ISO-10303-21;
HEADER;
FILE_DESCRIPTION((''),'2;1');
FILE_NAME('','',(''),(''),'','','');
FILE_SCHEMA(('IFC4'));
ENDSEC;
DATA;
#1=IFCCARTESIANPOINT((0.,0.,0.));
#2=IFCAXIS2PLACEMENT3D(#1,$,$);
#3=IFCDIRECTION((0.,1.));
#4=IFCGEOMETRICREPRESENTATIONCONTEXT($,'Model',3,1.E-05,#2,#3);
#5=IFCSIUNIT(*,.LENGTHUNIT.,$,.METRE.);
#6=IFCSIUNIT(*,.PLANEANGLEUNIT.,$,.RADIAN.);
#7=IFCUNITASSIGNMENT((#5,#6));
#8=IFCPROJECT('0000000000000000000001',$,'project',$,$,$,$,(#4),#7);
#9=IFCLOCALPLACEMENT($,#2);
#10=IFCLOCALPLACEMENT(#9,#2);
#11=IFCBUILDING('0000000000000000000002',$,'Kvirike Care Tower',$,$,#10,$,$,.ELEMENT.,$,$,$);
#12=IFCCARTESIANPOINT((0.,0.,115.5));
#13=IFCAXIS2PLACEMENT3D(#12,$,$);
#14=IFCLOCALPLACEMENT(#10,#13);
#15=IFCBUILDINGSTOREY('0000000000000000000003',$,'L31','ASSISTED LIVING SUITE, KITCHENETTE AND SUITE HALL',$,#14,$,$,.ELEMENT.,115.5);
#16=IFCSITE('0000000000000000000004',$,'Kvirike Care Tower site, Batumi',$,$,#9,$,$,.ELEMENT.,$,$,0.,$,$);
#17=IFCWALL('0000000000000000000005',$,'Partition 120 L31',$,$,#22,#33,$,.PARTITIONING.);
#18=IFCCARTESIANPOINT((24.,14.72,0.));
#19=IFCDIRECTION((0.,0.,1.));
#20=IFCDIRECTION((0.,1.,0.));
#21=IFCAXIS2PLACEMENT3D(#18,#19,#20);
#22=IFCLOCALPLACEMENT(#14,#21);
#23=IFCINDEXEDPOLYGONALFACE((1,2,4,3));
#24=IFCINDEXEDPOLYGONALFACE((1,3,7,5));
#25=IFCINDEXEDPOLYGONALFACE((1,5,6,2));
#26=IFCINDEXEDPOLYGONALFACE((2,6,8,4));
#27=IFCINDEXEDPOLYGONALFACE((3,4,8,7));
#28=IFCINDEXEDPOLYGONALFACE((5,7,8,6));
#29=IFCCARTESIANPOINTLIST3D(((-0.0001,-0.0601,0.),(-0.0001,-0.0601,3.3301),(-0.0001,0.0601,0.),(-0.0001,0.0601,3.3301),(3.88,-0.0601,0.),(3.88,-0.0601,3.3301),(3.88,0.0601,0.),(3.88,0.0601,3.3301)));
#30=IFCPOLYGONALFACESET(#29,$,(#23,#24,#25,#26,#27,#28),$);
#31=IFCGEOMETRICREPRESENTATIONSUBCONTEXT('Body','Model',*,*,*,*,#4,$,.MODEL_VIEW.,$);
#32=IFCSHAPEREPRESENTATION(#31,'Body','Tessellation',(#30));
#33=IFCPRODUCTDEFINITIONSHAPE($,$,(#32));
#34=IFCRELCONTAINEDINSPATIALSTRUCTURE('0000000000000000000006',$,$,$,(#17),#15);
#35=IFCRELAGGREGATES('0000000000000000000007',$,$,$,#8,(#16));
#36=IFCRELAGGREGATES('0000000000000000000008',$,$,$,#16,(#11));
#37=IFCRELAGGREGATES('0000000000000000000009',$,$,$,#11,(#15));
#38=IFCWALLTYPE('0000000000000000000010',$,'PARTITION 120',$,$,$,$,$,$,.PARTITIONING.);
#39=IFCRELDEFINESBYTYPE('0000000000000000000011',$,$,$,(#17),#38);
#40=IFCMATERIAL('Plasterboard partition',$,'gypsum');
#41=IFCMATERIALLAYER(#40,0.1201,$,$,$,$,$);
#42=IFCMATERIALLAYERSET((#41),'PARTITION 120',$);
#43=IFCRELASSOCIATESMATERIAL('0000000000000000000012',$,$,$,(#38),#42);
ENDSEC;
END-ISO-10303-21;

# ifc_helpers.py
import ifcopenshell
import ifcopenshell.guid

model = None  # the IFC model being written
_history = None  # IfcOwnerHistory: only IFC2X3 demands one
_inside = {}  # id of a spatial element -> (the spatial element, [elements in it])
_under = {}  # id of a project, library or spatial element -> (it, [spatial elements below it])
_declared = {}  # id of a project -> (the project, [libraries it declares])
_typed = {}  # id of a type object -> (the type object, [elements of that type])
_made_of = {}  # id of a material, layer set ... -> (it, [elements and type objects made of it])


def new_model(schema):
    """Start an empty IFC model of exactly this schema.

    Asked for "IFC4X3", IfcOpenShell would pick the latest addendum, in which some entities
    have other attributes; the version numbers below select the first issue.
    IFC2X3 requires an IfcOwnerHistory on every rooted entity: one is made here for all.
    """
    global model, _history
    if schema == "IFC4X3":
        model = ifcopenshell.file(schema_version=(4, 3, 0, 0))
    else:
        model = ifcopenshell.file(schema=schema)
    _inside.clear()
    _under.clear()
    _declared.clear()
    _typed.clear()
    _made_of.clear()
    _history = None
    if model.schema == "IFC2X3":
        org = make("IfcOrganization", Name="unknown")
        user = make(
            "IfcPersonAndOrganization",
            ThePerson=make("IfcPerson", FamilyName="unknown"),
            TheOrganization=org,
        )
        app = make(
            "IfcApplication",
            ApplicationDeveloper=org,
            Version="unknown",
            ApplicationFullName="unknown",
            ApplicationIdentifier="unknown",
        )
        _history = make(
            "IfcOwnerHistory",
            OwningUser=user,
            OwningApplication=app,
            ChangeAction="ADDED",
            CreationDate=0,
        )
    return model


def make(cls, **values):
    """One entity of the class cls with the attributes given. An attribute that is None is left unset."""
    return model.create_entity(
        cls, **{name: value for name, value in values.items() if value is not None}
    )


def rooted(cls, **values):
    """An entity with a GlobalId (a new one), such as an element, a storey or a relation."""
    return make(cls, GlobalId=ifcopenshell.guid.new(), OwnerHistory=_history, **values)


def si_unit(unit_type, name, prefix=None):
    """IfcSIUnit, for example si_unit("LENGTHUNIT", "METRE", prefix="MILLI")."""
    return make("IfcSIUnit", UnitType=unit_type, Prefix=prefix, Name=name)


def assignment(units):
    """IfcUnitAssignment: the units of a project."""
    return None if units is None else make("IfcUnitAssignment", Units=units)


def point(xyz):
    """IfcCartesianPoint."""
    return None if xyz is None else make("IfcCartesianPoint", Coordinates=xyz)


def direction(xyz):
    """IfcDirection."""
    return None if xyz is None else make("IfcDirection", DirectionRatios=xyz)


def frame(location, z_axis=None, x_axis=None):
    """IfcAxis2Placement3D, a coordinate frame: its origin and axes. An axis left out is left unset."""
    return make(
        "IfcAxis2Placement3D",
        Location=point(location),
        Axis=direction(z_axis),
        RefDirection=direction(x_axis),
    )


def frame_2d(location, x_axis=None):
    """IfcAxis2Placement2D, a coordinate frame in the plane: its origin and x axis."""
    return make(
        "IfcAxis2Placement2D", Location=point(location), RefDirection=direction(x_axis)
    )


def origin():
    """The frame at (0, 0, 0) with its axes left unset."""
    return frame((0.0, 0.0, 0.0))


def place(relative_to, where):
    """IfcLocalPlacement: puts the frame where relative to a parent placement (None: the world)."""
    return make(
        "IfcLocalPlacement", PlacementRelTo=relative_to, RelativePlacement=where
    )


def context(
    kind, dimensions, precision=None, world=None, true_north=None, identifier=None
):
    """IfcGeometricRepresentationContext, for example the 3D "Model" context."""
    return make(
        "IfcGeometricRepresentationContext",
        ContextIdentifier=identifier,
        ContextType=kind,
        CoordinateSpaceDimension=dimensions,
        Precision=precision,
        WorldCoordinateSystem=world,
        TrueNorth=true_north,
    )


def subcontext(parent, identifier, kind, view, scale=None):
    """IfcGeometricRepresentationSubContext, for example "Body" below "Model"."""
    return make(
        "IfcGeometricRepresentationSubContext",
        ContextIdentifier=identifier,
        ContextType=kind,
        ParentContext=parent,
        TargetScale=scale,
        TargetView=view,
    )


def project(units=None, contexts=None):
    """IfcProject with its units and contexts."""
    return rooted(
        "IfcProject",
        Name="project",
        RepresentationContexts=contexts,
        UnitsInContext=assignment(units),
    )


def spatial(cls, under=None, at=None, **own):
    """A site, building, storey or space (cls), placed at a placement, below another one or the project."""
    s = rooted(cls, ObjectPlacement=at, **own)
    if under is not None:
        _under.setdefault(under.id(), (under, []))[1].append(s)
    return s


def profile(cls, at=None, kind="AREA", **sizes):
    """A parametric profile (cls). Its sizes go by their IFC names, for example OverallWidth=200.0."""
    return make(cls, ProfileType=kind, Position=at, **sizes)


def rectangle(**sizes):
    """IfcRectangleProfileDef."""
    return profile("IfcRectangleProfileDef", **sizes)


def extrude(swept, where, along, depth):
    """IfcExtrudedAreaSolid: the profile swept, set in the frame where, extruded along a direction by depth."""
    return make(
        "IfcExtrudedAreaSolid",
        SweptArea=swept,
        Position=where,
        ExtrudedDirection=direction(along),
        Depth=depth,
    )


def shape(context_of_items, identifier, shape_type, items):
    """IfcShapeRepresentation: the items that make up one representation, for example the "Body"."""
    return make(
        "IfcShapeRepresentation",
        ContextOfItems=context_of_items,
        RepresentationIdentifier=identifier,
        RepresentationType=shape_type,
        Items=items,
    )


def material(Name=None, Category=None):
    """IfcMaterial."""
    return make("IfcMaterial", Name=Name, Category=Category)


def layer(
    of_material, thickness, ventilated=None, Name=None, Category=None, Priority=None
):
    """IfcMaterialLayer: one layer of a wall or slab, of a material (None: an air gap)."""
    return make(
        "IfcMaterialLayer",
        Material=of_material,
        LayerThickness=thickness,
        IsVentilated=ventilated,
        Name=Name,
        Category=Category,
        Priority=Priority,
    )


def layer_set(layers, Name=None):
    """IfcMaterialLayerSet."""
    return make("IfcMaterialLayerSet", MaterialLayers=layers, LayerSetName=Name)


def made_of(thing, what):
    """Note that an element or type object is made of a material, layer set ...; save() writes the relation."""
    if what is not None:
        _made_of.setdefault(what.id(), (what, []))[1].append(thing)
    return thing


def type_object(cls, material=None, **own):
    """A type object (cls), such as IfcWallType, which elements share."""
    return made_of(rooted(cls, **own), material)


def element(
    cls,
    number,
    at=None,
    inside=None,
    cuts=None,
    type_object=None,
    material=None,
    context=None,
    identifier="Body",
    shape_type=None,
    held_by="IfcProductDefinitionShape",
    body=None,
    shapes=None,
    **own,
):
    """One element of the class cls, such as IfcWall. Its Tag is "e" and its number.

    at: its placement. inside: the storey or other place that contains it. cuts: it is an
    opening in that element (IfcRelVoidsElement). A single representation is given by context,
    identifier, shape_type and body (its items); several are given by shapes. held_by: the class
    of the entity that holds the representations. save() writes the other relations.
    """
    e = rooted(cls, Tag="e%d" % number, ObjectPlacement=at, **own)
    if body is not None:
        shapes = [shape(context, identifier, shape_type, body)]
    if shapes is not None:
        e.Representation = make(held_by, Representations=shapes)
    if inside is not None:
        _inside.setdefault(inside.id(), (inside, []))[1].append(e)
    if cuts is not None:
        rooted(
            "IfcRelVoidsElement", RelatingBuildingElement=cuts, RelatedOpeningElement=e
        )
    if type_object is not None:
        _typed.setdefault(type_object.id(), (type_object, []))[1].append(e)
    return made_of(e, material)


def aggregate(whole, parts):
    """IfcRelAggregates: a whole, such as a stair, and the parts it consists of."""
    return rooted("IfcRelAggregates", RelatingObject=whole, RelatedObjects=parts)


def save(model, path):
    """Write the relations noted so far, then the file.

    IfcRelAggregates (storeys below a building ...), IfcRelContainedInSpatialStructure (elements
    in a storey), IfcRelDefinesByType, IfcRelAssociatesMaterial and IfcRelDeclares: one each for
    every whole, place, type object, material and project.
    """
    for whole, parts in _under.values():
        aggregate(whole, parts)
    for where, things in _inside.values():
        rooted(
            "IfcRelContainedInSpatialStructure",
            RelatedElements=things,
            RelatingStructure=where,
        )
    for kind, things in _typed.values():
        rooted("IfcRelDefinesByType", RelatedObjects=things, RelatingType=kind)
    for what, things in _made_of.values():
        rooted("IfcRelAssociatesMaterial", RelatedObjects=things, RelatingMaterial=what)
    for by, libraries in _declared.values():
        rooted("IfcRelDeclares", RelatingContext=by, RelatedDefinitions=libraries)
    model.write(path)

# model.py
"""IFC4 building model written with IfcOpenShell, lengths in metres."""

from ifc_helpers import new_model, si_unit, direction, frame, frame_2d, origin, place, context, subcontext, project, spatial, rectangle, extrude, material, layer, layer_set, type_object, element, save


model = new_model("IFC4")

# Units and contexts
model_context = context("Model", 3, precision=1e-05, world=origin(), true_north=direction((0.0, 1.0)))
body_context = subcontext(model_context, "Body", "Model", "MODEL_VIEW")
ifc_project = project(units=[si_unit("LENGTHUNIT", "METRE"), si_unit("PLANEANGLEUNIT", "RADIAN")], contexts=[model_context])

# Site, building, storey
site_placement = place(None, origin())
site = spatial("IfcSite", under=ifc_project, at=site_placement, Name="Kvirike Care Tower site, Batumi", CompositionType="ELEMENT", RefElevation=0.0)
building_placement = place(site_placement, origin())
building = spatial("IfcBuilding", under=site, at=building_placement, Name="Kvirike Care Tower", CompositionType="ELEMENT")
storey_placement = place(building_placement, frame((0.0, 0.0, 115.5)))
storey = spatial("IfcBuildingStorey", under=building, at=storey_placement, Name="L31", Description="ASSISTED LIVING SUITE, KITCHENETTE AND SUITE HALL", CompositionType="ELEMENT", Elevation=115.5)

# Shared definitions
ifc_material_1 = material(Name="Plasterboard partition", Category="gypsum")
ifc_layer_1 = layer(ifc_material_1, 0.1201)
ifc_layer_set_1 = layer_set([ifc_layer_1], Name="PARTITION 120")
wall_type_1 = type_object("IfcWallType", Name="PARTITION 120", PredefinedType="PARTITIONING", material=ifc_layer_set_1)

# Wall
wall_1_placement = place(storey_placement, frame((24.0, 14.72, 0.0), z_axis=(0.0, 0.0, 1.0), x_axis=(0.0, 1.0, 0.0)))
element("IfcWall", 1, at=wall_1_placement, inside=storey, type_object=wall_type_1, Name="Partition 120 L31", PredefinedType="PARTITIONING", context=body_context, shape_type="SweptSolid", body=[
    extrude(rectangle(XDim=3.8801, YDim=0.1201, at=frame_2d((1.9399, 0.0))), origin(), (0.0, 0.0, 1.0), 3.3301),
])

save(model, "model.ifc")
